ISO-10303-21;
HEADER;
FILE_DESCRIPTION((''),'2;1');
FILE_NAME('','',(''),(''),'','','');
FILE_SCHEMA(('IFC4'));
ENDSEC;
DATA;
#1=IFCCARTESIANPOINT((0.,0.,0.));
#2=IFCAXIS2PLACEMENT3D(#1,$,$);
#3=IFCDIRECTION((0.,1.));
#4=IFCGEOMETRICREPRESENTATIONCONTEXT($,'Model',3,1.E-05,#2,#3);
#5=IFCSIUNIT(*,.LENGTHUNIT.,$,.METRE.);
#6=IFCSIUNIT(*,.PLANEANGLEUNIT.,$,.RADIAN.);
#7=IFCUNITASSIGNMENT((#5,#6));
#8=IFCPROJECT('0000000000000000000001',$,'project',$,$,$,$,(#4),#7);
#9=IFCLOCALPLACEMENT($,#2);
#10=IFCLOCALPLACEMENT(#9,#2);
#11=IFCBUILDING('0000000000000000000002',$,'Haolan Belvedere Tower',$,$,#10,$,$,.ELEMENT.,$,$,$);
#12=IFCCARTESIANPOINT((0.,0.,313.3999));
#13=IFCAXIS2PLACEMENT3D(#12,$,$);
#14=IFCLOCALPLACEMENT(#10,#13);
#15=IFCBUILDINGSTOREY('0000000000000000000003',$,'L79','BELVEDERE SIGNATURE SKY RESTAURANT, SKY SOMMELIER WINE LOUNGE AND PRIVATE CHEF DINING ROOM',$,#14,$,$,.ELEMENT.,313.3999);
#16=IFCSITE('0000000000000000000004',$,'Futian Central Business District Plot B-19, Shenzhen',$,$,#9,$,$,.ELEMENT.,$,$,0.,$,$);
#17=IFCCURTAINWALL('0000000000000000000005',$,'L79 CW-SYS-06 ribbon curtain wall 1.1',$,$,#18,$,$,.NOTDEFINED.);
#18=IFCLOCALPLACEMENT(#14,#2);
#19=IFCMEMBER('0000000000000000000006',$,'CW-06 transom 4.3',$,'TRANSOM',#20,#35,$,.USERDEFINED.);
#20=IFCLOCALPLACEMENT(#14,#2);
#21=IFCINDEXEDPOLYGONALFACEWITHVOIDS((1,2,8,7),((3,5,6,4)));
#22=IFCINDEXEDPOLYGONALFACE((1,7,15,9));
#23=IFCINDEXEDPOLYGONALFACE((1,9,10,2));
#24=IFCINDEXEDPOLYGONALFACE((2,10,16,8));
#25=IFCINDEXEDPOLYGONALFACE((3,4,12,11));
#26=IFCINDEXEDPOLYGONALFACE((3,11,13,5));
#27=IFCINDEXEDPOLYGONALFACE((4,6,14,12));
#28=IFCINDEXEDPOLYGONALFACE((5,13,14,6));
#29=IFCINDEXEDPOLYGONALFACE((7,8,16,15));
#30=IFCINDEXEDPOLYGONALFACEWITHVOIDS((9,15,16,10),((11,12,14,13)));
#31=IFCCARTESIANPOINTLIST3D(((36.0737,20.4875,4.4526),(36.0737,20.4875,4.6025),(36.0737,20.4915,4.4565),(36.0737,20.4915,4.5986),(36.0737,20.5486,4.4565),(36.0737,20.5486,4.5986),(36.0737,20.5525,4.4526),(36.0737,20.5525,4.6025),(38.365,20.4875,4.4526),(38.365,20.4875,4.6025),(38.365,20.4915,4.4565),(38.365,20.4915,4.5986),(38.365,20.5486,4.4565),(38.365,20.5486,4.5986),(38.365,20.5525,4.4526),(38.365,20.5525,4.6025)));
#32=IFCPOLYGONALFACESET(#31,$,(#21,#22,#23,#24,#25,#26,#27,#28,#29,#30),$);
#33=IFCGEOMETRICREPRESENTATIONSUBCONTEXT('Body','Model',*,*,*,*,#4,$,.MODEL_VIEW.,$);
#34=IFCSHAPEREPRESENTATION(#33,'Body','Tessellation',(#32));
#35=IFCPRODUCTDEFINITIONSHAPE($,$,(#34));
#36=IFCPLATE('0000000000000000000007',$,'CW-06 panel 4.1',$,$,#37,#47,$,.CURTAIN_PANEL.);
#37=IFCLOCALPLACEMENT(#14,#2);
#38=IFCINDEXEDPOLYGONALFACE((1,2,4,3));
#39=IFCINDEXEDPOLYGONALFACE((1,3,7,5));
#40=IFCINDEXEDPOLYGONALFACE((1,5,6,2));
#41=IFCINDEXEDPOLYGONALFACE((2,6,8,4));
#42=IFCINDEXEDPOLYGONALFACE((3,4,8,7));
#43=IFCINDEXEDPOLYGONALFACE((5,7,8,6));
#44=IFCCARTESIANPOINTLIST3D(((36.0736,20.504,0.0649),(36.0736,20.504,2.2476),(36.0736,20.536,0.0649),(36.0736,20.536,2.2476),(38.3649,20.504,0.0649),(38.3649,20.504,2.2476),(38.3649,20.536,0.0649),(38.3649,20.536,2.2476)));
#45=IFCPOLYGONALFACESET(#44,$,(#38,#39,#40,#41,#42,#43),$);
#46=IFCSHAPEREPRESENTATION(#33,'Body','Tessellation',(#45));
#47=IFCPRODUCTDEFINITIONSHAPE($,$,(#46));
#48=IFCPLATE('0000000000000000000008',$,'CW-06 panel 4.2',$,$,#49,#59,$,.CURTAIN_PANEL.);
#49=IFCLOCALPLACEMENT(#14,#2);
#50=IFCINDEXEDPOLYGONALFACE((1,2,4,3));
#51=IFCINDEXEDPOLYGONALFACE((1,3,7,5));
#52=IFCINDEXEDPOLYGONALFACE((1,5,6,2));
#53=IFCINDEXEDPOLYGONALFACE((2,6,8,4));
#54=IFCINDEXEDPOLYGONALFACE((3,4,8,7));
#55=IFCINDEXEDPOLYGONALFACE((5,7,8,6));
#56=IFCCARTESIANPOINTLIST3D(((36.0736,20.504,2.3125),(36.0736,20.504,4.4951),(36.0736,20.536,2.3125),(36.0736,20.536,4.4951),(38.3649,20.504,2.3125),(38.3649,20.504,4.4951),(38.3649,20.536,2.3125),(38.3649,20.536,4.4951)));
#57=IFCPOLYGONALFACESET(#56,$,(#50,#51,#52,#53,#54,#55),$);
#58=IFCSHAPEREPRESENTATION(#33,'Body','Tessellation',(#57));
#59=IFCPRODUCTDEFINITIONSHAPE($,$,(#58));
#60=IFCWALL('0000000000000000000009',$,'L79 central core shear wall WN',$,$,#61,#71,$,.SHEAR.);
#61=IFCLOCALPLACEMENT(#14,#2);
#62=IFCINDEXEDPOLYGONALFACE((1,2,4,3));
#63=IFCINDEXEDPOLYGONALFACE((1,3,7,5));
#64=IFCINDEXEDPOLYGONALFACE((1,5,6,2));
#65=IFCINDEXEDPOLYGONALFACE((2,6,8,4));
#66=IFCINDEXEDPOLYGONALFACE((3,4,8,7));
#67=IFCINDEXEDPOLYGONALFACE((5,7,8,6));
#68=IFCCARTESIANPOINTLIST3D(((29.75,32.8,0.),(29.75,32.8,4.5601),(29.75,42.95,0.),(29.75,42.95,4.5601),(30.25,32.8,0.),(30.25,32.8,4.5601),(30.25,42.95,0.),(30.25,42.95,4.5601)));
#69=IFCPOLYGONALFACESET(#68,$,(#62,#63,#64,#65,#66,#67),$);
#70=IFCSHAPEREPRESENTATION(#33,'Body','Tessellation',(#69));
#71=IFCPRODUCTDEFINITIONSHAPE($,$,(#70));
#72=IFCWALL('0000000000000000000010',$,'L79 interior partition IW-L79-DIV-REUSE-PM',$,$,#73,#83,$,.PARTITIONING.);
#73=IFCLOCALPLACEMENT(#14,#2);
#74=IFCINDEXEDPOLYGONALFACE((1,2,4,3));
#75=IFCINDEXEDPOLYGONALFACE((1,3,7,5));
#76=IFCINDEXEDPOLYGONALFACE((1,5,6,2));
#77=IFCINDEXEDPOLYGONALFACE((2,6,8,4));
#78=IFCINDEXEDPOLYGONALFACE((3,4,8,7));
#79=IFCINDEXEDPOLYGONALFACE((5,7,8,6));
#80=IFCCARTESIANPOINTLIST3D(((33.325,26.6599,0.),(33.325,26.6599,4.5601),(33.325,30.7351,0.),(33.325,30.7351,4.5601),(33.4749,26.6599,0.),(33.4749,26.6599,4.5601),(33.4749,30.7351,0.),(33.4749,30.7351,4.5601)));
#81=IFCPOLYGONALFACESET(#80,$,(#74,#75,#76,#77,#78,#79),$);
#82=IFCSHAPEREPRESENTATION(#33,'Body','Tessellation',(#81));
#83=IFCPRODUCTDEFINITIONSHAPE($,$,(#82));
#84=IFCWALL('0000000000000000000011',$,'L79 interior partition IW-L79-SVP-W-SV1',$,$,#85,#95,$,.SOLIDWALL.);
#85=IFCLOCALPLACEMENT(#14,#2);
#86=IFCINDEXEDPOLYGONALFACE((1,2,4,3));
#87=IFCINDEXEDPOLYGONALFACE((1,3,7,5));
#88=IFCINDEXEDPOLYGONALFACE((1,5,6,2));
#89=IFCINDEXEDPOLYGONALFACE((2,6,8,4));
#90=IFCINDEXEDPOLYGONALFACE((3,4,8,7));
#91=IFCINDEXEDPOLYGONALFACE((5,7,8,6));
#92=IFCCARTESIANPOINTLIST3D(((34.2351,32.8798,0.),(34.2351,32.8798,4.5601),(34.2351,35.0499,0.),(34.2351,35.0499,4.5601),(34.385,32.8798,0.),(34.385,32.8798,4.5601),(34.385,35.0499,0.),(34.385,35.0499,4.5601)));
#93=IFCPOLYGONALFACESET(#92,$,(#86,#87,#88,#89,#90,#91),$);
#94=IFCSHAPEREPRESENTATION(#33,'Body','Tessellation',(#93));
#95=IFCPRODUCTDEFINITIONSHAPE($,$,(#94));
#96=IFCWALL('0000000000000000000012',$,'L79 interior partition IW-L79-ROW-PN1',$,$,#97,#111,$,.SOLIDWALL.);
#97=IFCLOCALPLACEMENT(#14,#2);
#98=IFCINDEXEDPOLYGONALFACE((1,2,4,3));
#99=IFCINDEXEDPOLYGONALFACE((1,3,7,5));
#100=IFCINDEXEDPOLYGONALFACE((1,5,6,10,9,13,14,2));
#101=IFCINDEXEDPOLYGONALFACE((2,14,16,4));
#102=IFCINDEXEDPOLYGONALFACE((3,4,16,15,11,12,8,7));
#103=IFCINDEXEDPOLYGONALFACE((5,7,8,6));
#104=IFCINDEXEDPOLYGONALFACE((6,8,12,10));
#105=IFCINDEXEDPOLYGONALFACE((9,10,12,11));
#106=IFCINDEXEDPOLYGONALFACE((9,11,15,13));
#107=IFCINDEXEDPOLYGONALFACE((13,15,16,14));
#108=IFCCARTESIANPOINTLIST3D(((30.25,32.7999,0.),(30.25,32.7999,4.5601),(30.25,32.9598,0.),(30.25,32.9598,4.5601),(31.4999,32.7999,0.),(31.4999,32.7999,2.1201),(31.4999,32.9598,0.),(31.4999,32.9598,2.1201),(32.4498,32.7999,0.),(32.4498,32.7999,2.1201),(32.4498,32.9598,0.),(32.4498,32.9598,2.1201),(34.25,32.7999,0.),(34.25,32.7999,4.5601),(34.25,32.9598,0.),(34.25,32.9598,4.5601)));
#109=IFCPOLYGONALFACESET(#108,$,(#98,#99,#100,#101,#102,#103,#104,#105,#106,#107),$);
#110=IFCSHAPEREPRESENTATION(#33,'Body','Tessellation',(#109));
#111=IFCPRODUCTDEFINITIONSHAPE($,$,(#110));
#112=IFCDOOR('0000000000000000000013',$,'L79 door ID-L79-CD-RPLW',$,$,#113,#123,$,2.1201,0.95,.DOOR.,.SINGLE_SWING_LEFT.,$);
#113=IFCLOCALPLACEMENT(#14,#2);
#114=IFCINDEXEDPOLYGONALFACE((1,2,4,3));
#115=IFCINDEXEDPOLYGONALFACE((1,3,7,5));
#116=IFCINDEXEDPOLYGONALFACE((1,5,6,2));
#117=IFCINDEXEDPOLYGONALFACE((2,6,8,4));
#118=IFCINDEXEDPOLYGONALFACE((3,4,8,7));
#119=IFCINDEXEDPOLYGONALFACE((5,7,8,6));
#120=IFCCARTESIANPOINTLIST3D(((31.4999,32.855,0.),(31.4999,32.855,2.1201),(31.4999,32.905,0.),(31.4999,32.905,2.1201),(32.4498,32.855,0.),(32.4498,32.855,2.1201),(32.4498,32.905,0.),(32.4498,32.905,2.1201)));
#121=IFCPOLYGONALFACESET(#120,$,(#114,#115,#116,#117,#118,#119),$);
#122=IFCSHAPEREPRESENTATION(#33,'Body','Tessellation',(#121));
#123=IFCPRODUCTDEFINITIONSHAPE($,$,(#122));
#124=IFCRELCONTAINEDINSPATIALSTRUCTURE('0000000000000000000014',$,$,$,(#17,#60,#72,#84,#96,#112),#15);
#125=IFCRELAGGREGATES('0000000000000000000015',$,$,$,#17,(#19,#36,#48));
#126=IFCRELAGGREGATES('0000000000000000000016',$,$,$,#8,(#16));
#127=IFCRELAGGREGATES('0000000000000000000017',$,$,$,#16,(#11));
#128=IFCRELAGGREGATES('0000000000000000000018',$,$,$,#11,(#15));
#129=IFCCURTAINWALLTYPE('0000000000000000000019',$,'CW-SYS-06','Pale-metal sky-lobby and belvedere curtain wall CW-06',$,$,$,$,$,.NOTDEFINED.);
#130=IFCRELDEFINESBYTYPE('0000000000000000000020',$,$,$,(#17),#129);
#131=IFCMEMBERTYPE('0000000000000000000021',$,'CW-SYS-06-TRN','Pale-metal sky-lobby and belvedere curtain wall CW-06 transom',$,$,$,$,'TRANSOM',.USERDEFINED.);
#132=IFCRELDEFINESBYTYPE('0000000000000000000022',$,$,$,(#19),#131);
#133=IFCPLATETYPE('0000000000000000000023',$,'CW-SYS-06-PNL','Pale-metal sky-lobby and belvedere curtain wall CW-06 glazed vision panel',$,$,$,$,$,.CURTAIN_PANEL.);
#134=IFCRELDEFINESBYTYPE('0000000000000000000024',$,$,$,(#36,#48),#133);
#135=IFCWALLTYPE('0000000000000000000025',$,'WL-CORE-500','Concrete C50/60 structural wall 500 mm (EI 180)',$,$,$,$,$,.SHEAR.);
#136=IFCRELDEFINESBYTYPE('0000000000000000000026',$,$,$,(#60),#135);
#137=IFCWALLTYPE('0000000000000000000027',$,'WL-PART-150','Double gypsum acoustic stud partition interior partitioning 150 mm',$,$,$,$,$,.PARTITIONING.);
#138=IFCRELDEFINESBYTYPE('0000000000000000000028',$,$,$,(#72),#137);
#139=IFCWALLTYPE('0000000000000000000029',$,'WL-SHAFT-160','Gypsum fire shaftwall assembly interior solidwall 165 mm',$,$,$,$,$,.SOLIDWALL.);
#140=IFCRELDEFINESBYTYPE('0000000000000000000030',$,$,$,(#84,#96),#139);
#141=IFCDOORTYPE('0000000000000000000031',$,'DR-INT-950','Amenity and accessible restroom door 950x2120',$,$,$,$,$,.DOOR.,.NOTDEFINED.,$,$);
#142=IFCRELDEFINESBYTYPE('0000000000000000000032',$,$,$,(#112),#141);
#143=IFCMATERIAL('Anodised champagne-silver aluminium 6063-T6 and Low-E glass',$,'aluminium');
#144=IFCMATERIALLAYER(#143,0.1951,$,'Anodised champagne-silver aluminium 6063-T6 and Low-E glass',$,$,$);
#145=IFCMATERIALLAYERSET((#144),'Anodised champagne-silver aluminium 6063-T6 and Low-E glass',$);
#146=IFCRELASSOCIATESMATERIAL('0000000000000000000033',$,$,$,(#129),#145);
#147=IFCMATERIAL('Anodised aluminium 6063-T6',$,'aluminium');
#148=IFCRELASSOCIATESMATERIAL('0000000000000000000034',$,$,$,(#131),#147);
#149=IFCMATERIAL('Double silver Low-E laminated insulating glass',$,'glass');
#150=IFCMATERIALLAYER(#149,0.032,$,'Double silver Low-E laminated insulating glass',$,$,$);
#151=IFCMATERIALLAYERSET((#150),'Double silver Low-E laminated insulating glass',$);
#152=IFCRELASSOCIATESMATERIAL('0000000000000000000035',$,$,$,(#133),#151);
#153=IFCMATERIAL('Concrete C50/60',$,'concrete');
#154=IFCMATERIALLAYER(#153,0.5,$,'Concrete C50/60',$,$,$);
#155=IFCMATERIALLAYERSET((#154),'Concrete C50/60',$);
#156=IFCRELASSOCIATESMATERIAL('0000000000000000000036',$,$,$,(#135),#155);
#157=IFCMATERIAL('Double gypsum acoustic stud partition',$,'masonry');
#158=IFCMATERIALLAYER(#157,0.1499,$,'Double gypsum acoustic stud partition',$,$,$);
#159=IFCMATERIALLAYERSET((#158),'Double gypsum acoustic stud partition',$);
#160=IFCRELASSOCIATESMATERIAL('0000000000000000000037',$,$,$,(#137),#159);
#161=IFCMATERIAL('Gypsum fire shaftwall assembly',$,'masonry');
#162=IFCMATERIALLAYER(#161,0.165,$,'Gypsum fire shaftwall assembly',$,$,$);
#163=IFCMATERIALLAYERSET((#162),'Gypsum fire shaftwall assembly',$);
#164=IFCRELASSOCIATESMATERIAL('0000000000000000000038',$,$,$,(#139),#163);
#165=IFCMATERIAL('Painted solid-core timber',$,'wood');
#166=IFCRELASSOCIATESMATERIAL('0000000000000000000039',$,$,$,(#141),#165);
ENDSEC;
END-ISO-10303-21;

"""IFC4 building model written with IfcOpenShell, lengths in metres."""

from ifc_helpers import new_model, si_unit, direction, frame, frame_2d, origin, origin_2d, place, context, subcontext, project, spatial, rectangle, hollow_rectangle, extrude, material, layer, layer_set, material_profile, profile_set, type_object, element, fill, aggregate, save


model = new_model("IFC4")

# Units and contexts
model_context = context("Model", 3, precision=1e-05, world=origin(), true_north=direction((0.0, 1.0)))
body_context = subcontext(model_context, "Body", "Model", "MODEL_VIEW")
ifc_project = project(units=[si_unit("LENGTHUNIT", "METRE"), si_unit("PLANEANGLEUNIT", "RADIAN")], contexts=[model_context])

# Site, building, storey
site_placement = place(None, origin())
site = spatial("IfcSite", under=ifc_project, at=site_placement, Name="Futian Central Business District Plot B-19, Shenzhen", CompositionType="ELEMENT", RefElevation=0.0)
building_placement = place(site_placement, origin())
building = spatial("IfcBuilding", under=site, at=building_placement, Name="Haolan Belvedere Tower", CompositionType="ELEMENT")
storey_placement = place(building_placement, frame((0.0, 0.0, 313.3999)))
storey = spatial("IfcBuildingStorey", under=building, at=storey_placement, Name="L79", Description="BELVEDERE SIGNATURE SKY RESTAURANT, SKY SOMMELIER WINE LOUNGE AND PRIVATE CHEF DINING ROOM", CompositionType="ELEMENT", Elevation=313.3999)

# Curtain wall, member, plates
ifc_material_1 = material(Name="Anodised champagne-silver aluminium 6063-T6 and Low-E glass", Category="aluminium")
ifc_layer_1 = layer(ifc_material_1, 0.1951, Name="Anodised champagne-silver aluminium 6063-T6 and Low-E glass")
ifc_layer_set_1 = layer_set([ifc_layer_1], Name="Anodised champagne-silver aluminium 6063-T6 and Low-E glass")
curtain_wall_type = type_object("IfcCurtainWallType", Name="CW-SYS-06", Description="Pale-metal sky-lobby and belvedere curtain wall CW-06", PredefinedType="NOTDEFINED", material=ifc_layer_set_1)
curtain_wall_placement = place(storey_placement, origin())
curtain_wall = element("IfcCurtainWall", 1, at=curtain_wall_placement, inside=storey, type_object=curtain_wall_type, Name="L79 CW-SYS-06 ribbon curtain wall 1.1", PredefinedType="NOTDEFINED")
ifc_material_2 = material(Name="Anodised aluminium 6063-T6", Category="aluminium")
ifc_material_profile_1 = material_profile(ifc_material_2, hollow_rectangle(XDim=0.0649, YDim=0.1499, WallThickness=0.0039, at=origin_2d()), Name="Anodised aluminium 6063-T6")
ifc_profile_set_1 = profile_set([ifc_material_profile_1], Name="Anodised aluminium 6063-T6")
member_type_1 = type_object("IfcMemberType", Name="CW-SYS-06-TRN", Description="Pale-metal sky-lobby and belvedere curtain wall CW-06 transom", ElementType="TRANSOM", PredefinedType="USERDEFINED", material=ifc_profile_set_1)
member_1_placement = place(storey_placement, frame((36.0737, 20.52, 4.5276), z_axis=(1.0, 0.0, 0.0), x_axis=(0.0, 1.0, 0.0)))
member_1 = element("IfcMember", 2, at=member_1_placement, type_object=member_type_1, Name="CW-06 transom 4.3", ObjectType="TRANSOM", PredefinedType="USERDEFINED", context=body_context, shape_type="SweptSolid", body=[
    extrude(hollow_rectangle(XDim=0.0649, YDim=0.1499, WallThickness=0.0039, at=origin_2d()), origin(), (0.0, 0.0, 1.0), 2.2913),
])
ifc_material_3 = material(Name="Double silver Low-E laminated insulating glass", Category="glass")
ifc_layer_2 = layer(ifc_material_3, 0.032, Name="Double silver Low-E laminated insulating glass")
ifc_layer_set_2 = layer_set([ifc_layer_2], Name="Double silver Low-E laminated insulating glass")
plate_type = type_object("IfcPlateType", Name="CW-SYS-06-PNL", Description="Pale-metal sky-lobby and belvedere curtain wall CW-06 glazed vision panel", PredefinedType="CURTAIN_PANEL", material=ifc_layer_set_2)
plate_1_placement = place(storey_placement, frame((37.2192, 20.52, 0.0649), z_axis=(0.0, 0.0, 1.0), x_axis=(1.0, 0.0, 0.0)))
plate_1 = element("IfcPlate", 3, at=plate_1_placement, type_object=plate_type, Name="CW-06 panel 4.1", PredefinedType="CURTAIN_PANEL", context=body_context, shape_type="SweptSolid", body=[
    extrude(rectangle(XDim=2.2913, YDim=0.032, at=origin_2d()), origin(), (0.0, 0.0, 1.0), 2.1826),
])
plate_2_placement = place(storey_placement, frame((37.2192, 20.52, 2.3125), z_axis=(0.0, 0.0, 1.0), x_axis=(1.0, 0.0, 0.0)))
plate_2 = element("IfcPlate", 4, at=plate_2_placement, type_object=plate_type, Name="CW-06 panel 4.2", PredefinedType="CURTAIN_PANEL", context=body_context, shape_type="SweptSolid", body=[
    extrude(rectangle(XDim=2.2913, YDim=0.032, at=origin_2d()), origin(), (0.0, 0.0, 1.0), 2.1826),
])
aggregate(curtain_wall, [member_1, plate_1, plate_2])

# Walls
ifc_material_4 = material(Name="Concrete C50/60", Category="concrete")
ifc_layer_3 = layer(ifc_material_4, 0.5, Name="Concrete C50/60")
ifc_layer_set_3 = layer_set([ifc_layer_3], Name="Concrete C50/60")
wall_type_1 = type_object("IfcWallType", Name="WL-CORE-500", Description="Concrete C50/60 structural wall 500 mm (EI 180)", PredefinedType="SHEAR", material=ifc_layer_set_3)
wall_1_placement = place(storey_placement, frame((30.0, 32.8, 0.0), z_axis=(0.0, 0.0, 1.0), x_axis=(0.0, 1.0, 0.0)))
element("IfcWall", 5, at=wall_1_placement, inside=storey, type_object=wall_type_1, Name="L79 central core shear wall WN", PredefinedType="SHEAR", context=body_context, shape_type="SweptSolid", body=[
    extrude(rectangle(XDim=10.1499, YDim=0.5, at=frame_2d((5.075, 0.0))), origin(), (0.0, 0.0, 1.0), 4.5601),
])
ifc_material_5 = material(Name="Double gypsum acoustic stud partition", Category="masonry")
ifc_layer_4 = layer(ifc_material_5, 0.1499, Name="Double gypsum acoustic stud partition")
ifc_layer_set_4 = layer_set([ifc_layer_4], Name="Double gypsum acoustic stud partition")
wall_type_2 = type_object("IfcWallType", Name="WL-PART-150", Description="Double gypsum acoustic stud partition interior partitioning 150 mm", PredefinedType="PARTITIONING", material=ifc_layer_set_4)
wall_2_placement = place(storey_placement, frame((33.3999, 26.6599, 0.0), z_axis=(0.0, 0.0, 1.0), x_axis=(0.0, 1.0, 0.0)))
element("IfcWall", 6, at=wall_2_placement, inside=storey, type_object=wall_type_2, Name="L79 interior partition IW-L79-DIV-REUSE-PM", PredefinedType="PARTITIONING", context=body_context, shape_type="SweptSolid", body=[
    extrude(rectangle(XDim=4.0752, YDim=0.1499, at=frame_2d((2.0376, 0.0))), origin(), (0.0, 0.0, 1.0), 4.5601),
])
ifc_material_6 = material(Name="Gypsum fire shaftwall assembly", Category="masonry")
ifc_layer_5 = layer(ifc_material_6, 0.165, Name="Gypsum fire shaftwall assembly")
ifc_layer_set_5 = layer_set([ifc_layer_5], Name="Gypsum fire shaftwall assembly")
wall_type_3 = type_object("IfcWallType", Name="WL-SHAFT-160", Description="Gypsum fire shaftwall assembly interior solidwall 165 mm", PredefinedType="SOLIDWALL", material=ifc_layer_set_5)
wall_3_placement = place(storey_placement, frame((34.3101, 32.8799, 0.0), z_axis=(0.0, 0.0, 1.0), x_axis=(0.0, 1.0, 0.0)))
element("IfcWall", 7, at=wall_3_placement, inside=storey, type_object=wall_type_3, Name="L79 interior partition IW-L79-SVP-W-SV1", PredefinedType="SOLIDWALL", context=body_context, shape_type="SweptSolid", body=[
    extrude(rectangle(XDim=2.1702, YDim=0.1499, at=frame_2d((1.085, 0.0))), origin(), (0.0, 0.0, 1.0), 4.5601),
])

# Wall, opening, door
wall_4_placement = place(storey_placement, frame((30.25, 32.8799, 0.0), z_axis=(0.0, 0.0, 1.0), x_axis=(1.0, 0.0, 0.0)))
wall_4 = element("IfcWall", 8, at=wall_4_placement, inside=storey, type_object=wall_type_3, Name="L79 interior partition IW-L79-ROW-PN1", PredefinedType="SOLIDWALL", context=body_context, shape_type="SweptSolid", body=[
    extrude(rectangle(XDim=4.0, YDim=0.1599, at=frame_2d((2.0, 0.0))), origin(), (0.0, 0.0, 1.0), 4.5601),
])
opening_1_placement = place(wall_4_placement, frame((2.2, 0.0, 0.0), z_axis=(0.0, 0.0, 1.0), x_axis=(-1.0, 0.0, 0.0)))
opening_1 = element("IfcOpeningElement", 9, at=opening_1_placement, cuts=wall_4, PredefinedType="OPENING", context=body_context, shape_type="SweptSolid", body=[
    extrude(rectangle(XDim=0.95, YDim=2.1201, at=frame_2d((0.4751, 1.0601))), frame((0.0, 0.0898, 0.0), z_axis=(0.0, -1.0, 0.0), x_axis=(1.0, 0.0, 0.0)), (0.0, 0.0, 1.0), 0.1799),
])
ifc_material_7 = material(Name="Painted solid-core timber", Category="wood")
door_type_1 = type_object("IfcDoorType", Name="DR-INT-950", Description="Amenity and accessible restroom door 950x2120", OperationType="NOTDEFINED", PredefinedType="DOOR", material=ifc_material_7)
door_1_placement = place(opening_1_placement, origin())
door_1 = element("IfcDoor", 10, at=door_1_placement, inside=storey, type_object=door_type_1, Name="L79 door ID-L79-CD-RPLW", OperationType="SINGLE_SWING_LEFT", OverallHeight=2.1201, OverallWidth=0.95, PredefinedType="DOOR", context=body_context, shape_type="SweptSolid", body=[
    extrude(rectangle(XDim=0.95, YDim=2.1201, at=frame_2d((0.4751, 1.0601))), frame((0.0, 0.0249, 0.0), z_axis=(0.0, -1.0, 0.0), x_axis=(1.0, 0.0, 0.0)), (0.0, 0.0, 1.0), 0.05),
])
fill(opening_1, door_1)

save(model, "model.ifc")
